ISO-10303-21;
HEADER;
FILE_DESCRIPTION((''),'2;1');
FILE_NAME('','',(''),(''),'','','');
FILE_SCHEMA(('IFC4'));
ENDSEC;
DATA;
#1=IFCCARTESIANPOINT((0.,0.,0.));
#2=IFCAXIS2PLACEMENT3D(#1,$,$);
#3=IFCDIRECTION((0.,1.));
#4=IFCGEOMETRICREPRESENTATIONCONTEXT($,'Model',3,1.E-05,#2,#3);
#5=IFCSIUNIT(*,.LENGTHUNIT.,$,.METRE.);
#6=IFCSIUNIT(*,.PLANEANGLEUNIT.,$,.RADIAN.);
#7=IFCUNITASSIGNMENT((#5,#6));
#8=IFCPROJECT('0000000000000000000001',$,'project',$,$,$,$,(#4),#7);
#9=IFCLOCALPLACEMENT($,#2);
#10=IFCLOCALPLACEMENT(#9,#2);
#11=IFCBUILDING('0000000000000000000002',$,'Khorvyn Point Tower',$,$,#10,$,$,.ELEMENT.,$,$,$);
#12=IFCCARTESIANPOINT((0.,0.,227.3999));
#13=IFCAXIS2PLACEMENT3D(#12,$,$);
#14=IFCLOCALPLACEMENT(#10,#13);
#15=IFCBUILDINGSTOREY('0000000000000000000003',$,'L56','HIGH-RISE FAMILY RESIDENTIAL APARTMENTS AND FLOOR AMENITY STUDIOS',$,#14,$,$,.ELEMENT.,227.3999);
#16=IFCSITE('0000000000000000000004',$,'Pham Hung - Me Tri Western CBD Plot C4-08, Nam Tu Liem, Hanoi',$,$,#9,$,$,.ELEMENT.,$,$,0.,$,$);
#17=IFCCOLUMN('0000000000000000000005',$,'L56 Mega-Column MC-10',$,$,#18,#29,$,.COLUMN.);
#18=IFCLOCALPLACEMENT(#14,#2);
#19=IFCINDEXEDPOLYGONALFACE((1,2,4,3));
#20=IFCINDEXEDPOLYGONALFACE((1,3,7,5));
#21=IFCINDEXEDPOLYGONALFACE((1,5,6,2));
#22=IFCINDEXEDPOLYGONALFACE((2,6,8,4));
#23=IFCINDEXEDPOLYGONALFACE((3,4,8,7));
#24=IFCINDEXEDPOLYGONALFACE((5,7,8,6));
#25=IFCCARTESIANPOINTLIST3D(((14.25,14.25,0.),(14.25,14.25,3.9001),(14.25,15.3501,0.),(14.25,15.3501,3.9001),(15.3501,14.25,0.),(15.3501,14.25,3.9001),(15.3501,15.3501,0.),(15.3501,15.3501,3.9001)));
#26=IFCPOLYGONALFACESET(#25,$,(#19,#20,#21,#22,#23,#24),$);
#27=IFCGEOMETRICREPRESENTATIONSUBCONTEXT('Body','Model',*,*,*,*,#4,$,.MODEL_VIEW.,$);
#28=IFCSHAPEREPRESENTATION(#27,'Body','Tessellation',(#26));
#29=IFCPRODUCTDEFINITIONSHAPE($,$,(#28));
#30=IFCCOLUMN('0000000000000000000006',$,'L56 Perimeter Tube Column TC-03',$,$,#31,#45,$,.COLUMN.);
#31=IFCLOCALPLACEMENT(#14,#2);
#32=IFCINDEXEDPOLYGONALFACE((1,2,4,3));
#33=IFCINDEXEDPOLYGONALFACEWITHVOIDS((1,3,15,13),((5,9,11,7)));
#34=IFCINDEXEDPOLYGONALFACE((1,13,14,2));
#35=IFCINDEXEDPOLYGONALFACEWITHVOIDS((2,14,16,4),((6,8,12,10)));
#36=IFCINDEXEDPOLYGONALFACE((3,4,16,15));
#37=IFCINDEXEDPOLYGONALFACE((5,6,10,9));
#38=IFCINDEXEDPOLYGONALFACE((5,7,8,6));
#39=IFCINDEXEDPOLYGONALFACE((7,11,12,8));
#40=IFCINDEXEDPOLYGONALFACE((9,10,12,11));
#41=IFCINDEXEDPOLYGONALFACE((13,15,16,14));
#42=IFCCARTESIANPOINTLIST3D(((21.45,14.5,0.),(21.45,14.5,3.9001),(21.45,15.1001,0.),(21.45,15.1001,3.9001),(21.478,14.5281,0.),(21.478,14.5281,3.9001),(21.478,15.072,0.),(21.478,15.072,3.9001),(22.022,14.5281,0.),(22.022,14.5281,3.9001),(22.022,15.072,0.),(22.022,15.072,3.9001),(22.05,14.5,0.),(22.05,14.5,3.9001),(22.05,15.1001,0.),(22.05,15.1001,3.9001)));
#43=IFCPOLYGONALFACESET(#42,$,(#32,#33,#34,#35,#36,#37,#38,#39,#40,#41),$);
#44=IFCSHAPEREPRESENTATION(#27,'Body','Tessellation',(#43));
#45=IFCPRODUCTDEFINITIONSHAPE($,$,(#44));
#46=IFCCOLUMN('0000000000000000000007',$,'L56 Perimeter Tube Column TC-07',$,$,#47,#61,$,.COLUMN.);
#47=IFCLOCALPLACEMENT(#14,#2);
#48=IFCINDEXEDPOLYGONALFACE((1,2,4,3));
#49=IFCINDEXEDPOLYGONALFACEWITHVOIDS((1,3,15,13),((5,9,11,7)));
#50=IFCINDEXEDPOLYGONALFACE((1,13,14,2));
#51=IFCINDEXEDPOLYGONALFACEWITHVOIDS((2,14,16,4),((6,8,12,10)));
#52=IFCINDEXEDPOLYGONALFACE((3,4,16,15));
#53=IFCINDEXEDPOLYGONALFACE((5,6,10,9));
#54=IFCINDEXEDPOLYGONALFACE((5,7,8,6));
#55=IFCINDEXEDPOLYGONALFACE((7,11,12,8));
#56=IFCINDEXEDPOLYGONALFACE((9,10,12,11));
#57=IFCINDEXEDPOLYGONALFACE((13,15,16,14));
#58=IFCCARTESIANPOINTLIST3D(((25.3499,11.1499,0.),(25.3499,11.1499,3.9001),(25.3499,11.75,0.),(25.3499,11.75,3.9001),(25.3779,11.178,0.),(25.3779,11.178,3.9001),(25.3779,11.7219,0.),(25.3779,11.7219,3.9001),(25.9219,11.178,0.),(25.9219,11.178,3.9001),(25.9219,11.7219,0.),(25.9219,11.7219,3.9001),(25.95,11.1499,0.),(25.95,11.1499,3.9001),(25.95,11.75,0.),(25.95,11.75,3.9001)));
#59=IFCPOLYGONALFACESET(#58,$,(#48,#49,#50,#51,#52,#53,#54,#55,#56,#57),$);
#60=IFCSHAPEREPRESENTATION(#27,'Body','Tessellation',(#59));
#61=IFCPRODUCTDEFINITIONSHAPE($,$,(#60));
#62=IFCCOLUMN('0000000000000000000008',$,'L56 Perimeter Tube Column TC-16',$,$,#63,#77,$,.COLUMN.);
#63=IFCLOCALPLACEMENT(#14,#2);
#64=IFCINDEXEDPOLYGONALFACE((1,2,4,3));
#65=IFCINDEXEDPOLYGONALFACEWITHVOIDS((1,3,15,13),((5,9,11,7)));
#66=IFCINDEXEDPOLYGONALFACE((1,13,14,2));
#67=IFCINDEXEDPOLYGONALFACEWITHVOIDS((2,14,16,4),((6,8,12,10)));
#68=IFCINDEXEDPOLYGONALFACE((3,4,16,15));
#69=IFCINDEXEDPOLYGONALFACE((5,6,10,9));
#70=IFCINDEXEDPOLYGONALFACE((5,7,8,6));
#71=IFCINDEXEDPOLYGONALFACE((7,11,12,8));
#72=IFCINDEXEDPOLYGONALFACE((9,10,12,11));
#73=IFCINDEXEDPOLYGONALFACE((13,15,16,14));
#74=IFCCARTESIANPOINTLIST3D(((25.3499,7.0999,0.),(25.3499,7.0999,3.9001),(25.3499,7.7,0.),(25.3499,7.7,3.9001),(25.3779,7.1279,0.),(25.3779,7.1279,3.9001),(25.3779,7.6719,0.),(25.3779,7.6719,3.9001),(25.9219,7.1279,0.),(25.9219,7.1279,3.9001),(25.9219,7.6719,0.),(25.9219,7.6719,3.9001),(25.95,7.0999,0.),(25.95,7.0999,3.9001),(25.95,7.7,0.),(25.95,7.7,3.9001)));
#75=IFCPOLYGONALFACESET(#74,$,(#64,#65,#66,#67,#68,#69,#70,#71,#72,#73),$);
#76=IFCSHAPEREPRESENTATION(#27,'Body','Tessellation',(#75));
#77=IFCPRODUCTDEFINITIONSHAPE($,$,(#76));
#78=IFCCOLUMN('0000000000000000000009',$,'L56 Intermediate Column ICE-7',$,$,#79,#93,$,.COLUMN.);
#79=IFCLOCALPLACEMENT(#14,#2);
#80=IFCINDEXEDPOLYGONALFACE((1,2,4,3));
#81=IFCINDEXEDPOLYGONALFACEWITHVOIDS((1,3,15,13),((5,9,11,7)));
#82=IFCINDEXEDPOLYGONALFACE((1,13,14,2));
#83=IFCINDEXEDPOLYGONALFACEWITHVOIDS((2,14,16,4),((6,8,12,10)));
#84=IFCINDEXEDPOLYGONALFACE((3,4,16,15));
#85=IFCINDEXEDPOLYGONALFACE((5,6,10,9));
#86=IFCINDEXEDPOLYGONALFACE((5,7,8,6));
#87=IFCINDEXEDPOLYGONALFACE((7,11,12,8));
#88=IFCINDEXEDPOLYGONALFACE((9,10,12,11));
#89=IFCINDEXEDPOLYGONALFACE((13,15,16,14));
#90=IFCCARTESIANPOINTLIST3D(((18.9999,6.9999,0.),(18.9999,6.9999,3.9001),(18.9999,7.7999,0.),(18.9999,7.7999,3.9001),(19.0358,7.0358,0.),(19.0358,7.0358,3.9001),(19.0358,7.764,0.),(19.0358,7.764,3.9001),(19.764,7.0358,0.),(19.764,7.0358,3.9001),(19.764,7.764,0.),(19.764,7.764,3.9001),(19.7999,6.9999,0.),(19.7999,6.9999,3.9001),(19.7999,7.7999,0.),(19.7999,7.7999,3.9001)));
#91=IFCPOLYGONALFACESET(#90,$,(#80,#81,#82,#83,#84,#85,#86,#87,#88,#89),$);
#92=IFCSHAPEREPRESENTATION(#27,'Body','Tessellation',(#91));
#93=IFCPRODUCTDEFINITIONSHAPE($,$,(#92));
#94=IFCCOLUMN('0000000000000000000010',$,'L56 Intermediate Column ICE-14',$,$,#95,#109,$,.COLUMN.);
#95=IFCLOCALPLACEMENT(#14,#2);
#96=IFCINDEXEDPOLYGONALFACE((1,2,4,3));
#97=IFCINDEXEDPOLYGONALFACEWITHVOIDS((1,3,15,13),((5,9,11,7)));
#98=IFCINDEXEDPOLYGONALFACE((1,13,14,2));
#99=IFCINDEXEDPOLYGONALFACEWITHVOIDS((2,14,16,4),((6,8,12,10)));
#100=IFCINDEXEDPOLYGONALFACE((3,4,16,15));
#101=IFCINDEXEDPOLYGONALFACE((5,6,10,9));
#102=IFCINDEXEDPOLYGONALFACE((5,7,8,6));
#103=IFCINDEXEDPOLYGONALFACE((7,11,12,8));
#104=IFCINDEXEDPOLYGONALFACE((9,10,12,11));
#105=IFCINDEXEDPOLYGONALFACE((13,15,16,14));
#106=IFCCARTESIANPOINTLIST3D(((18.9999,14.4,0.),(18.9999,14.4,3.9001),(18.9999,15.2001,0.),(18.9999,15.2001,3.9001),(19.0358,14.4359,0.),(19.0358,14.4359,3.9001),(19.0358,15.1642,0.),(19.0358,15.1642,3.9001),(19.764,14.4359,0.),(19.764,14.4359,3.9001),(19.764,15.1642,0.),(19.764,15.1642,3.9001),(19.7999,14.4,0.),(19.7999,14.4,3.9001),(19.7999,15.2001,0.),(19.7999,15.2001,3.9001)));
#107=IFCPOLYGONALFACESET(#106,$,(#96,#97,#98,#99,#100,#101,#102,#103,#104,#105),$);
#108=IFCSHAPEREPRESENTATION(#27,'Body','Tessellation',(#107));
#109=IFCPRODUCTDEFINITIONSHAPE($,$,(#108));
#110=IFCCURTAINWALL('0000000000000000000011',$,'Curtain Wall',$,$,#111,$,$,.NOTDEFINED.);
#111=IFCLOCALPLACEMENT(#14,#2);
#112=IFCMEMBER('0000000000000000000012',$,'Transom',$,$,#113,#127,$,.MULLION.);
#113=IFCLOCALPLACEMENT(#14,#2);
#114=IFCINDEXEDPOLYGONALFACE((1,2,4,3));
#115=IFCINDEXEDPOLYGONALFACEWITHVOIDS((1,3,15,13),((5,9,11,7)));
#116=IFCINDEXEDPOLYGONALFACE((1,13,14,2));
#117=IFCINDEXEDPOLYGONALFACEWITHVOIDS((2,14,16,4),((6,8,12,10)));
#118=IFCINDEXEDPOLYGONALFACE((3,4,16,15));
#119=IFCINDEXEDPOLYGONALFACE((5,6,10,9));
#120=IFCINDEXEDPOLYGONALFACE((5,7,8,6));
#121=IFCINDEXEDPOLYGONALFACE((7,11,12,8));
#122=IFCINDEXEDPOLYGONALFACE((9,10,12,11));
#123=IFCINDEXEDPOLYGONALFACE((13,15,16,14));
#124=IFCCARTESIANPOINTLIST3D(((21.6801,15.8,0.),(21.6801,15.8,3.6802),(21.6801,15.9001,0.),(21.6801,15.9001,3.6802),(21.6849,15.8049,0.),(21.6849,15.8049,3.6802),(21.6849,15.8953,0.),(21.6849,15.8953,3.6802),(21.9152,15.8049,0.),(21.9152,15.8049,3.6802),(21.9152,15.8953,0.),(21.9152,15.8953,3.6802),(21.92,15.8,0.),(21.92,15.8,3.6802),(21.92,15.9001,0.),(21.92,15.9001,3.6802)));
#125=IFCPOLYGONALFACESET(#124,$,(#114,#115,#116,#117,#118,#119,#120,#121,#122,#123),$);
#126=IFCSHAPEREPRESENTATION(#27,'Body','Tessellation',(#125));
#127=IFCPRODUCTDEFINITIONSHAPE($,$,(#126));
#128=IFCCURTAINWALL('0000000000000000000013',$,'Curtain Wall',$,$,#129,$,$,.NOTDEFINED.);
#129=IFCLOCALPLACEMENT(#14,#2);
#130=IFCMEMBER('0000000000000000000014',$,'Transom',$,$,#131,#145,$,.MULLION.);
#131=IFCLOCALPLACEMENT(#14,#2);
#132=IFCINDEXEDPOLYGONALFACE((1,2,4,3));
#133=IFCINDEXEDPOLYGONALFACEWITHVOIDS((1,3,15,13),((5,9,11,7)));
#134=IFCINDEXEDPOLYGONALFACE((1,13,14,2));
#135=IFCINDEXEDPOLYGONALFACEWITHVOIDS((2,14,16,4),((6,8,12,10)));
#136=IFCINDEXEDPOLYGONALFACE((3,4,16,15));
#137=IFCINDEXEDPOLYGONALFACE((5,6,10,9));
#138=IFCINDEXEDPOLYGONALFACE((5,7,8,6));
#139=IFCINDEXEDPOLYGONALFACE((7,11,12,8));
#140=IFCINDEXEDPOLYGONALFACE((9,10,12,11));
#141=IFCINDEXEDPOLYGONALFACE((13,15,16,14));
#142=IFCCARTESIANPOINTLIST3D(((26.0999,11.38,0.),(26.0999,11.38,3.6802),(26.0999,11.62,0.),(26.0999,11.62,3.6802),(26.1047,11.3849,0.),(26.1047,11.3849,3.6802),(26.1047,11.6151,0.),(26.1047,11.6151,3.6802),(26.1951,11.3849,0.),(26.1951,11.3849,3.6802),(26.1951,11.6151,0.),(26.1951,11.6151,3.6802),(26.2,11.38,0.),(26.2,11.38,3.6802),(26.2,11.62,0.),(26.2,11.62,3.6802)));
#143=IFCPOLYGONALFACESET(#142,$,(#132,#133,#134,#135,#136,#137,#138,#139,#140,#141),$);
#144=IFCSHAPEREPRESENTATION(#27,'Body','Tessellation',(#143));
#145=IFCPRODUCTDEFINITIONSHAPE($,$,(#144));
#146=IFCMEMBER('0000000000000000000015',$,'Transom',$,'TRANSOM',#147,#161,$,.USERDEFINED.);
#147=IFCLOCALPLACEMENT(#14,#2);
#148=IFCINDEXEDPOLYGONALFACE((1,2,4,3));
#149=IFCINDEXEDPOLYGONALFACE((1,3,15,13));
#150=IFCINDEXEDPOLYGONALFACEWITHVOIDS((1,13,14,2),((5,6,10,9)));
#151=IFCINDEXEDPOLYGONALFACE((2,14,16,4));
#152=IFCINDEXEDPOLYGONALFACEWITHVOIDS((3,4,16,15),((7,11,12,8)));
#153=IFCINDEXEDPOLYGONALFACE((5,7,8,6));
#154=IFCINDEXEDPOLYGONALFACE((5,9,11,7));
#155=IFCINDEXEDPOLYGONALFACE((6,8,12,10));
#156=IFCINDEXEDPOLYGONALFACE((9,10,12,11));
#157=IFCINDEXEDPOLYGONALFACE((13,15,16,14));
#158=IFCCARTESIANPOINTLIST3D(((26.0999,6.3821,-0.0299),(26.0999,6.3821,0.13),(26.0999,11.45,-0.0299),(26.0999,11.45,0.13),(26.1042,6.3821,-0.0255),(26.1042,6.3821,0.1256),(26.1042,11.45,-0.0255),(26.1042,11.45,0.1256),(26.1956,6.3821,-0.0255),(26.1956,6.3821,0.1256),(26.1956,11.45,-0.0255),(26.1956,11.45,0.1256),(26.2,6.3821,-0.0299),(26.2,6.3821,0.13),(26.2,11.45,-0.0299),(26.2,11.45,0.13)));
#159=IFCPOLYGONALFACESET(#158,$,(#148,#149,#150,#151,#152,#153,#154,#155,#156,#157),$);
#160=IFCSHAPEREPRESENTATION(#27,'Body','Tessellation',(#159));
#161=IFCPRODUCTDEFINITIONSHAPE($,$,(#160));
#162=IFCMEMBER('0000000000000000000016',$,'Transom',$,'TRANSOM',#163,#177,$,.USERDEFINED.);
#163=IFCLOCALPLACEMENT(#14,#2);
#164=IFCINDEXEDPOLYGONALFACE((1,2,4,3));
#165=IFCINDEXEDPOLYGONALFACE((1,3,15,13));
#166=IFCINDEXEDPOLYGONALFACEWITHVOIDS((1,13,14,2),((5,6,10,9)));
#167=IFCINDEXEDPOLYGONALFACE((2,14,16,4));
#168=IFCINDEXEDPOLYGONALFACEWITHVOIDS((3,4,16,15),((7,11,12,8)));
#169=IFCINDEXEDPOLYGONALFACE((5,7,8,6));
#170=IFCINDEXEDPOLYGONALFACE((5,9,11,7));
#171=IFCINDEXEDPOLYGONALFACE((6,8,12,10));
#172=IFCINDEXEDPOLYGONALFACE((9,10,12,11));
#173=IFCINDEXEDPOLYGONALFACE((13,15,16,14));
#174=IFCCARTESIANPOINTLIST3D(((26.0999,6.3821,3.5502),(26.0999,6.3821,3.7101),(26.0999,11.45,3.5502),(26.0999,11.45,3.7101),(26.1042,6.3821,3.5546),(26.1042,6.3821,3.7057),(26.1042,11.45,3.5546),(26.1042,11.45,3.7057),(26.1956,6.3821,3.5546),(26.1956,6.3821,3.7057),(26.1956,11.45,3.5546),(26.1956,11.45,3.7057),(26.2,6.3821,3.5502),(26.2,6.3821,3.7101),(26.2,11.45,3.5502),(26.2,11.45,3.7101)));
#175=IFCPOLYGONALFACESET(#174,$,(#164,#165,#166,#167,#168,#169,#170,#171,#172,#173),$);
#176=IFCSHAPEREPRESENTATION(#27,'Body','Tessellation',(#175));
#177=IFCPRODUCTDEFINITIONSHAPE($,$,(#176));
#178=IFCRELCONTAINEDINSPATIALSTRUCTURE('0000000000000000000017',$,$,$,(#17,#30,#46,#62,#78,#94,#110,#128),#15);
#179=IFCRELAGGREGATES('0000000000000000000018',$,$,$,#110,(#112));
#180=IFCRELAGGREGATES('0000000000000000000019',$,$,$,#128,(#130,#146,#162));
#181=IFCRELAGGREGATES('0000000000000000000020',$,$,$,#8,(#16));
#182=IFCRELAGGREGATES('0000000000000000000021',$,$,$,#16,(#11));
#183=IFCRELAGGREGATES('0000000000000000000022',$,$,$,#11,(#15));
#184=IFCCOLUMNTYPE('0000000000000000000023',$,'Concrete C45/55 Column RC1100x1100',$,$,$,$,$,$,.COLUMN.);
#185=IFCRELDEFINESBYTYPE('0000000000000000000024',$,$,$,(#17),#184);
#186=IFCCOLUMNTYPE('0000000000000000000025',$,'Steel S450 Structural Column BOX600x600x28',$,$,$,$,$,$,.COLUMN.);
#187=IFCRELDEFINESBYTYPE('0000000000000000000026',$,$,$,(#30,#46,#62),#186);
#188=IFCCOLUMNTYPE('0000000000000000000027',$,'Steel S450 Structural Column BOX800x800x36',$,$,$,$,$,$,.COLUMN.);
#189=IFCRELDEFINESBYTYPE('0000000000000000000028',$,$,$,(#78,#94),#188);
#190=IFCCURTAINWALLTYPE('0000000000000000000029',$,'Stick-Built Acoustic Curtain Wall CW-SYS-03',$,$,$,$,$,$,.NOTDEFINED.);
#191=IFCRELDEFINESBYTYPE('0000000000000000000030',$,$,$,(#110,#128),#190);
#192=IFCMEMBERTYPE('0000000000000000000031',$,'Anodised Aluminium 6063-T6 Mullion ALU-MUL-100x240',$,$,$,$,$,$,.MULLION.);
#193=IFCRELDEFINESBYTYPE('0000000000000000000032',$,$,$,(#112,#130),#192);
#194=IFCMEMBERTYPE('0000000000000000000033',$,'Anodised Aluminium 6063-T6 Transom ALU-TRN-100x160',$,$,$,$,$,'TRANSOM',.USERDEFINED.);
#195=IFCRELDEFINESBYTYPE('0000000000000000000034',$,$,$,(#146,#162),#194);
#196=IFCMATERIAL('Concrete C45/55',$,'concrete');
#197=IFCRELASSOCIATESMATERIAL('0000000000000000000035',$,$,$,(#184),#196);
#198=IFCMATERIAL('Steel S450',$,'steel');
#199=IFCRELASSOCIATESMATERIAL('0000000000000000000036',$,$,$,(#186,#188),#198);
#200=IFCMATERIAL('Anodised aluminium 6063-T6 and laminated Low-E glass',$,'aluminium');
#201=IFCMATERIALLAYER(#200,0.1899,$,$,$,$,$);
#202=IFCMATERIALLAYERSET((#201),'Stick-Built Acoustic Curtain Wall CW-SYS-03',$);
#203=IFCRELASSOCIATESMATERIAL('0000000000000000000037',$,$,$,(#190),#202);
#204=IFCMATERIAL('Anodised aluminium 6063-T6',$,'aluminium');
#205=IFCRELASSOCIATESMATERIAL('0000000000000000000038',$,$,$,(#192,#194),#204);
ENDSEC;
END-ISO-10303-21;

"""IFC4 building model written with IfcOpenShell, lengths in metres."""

from ifc_helpers import new_model, si_unit, direction, frame, origin, origin_2d, place, context, subcontext, project, spatial, rectangle, hollow_rectangle, extrude, material, layer, layer_set, material_profile, profile_set, type_object, element, aggregate, save


model = new_model("IFC4")

# Units and contexts
model_context = context("Model", 3, precision=1e-05, world=origin(), true_north=direction((0.0, 1.0)))
body_context = subcontext(model_context, "Body", "Model", "MODEL_VIEW")
ifc_project = project(units=[si_unit("LENGTHUNIT", "METRE"), si_unit("PLANEANGLEUNIT", "RADIAN")], contexts=[model_context])

# Site, building, storey
site_placement = place(None, origin())
site = spatial("IfcSite", under=ifc_project, at=site_placement, Name="Pham Hung - Me Tri Western CBD Plot C4-08, Nam Tu Liem, Hanoi", CompositionType="ELEMENT", RefElevation=0.0)
building_placement = place(site_placement, origin())
building = spatial("IfcBuilding", under=site, at=building_placement, Name="Khorvyn Point Tower", CompositionType="ELEMENT")
storey_placement = place(building_placement, frame((0.0, 0.0, 227.3999)))
storey = spatial("IfcBuildingStorey", under=building, at=storey_placement, Name="L56", Description="HIGH-RISE FAMILY RESIDENTIAL APARTMENTS AND FLOOR AMENITY STUDIOS", CompositionType="ELEMENT", Elevation=227.3999)

# Columns
ifc_material_1 = material(Name="Concrete C45/55", Category="concrete")
ifc_material_profile_1 = material_profile(ifc_material_1, rectangle(XDim=1.1001, YDim=1.1001, at=origin_2d()))
ifc_profile_set_1 = profile_set([ifc_material_profile_1], Name="Concrete C45/55 RC1100x1100")
column_type_1 = type_object("IfcColumnType", Name="Concrete C45/55 Column RC1100x1100", PredefinedType="COLUMN", material=ifc_profile_set_1)
column_placement = place(storey_placement, frame((14.8, 14.8, 0.0), z_axis=(0.0, 0.0, 1.0), x_axis=(1.0, 0.0, 0.0)))
element("IfcColumn", 1, at=column_placement, inside=storey, type_object=column_type_1, Name="L56 Mega-Column MC-10", PredefinedType="COLUMN", context=body_context, shape_type="SweptSolid", body=[
    extrude(rectangle(XDim=1.1001, YDim=1.1001, at=origin_2d()), origin(), (0.0, 0.0, 1.0), 3.9001),
])
ifc_material_2 = material(Name="Steel S450", Category="steel")
ifc_material_profile_2 = material_profile(ifc_material_2, hollow_rectangle(XDim=0.6001, YDim=0.6001, WallThickness=0.0281, at=origin_2d()))
ifc_profile_set_2 = profile_set([ifc_material_profile_2], Name="Steel S450 BOX600x600x28")
column_type_2 = type_object("IfcColumnType", Name="Steel S450 Structural Column BOX600x600x28", PredefinedType="COLUMN", material=ifc_profile_set_2)
for number, where, z_axis, x_axis, name in (
    (2, (21.75, 14.8, 0.0), (0.0, 0.0, 1.0), (1.0, 0.0, 0.0), "L56 Perimeter Tube Column TC-03"),
    (3, (25.6499, 11.45, 0.0), (0.0, 0.0, 1.0), (1.0, 0.0, 0.0), "L56 Perimeter Tube Column TC-07"),
    (4, (25.6499, 7.3999, 0.0), (0.0, 0.0, 1.0), (1.0, 0.0, 0.0), "L56 Perimeter Tube Column TC-16"),
):
    element("IfcColumn", number, at=place(storey_placement, frame(where, z_axis=z_axis, x_axis=x_axis)), inside=storey, type_object=column_type_2, Name=name, PredefinedType="COLUMN", context=body_context, shape_type="SweptSolid", body=[
        extrude(hollow_rectangle(XDim=0.6001, YDim=0.6001, WallThickness=0.0281, at=origin_2d()), origin(), (0.0, 0.0, 1.0), 3.9001),
    ])
ifc_material_profile_3 = material_profile(ifc_material_2, hollow_rectangle(XDim=0.8, YDim=0.8, WallThickness=0.0359, at=origin_2d()))
ifc_profile_set_3 = profile_set([ifc_material_profile_3], Name="Steel S450 BOX800x800x36")
column_type_3 = type_object("IfcColumnType", Name="Steel S450 Structural Column BOX800x800x36", PredefinedType="COLUMN", material=ifc_profile_set_3)
for number, where, z_axis, x_axis, name in (
    (5, (19.3999, 7.3999, 0.0), (0.0, 0.0, 1.0), (1.0, 0.0, 0.0), "L56 Intermediate Column ICE-7"),
    (6, (19.3999, 14.8, 0.0), (0.0, 0.0, 1.0), (1.0, 0.0, 0.0), "L56 Intermediate Column ICE-14"),
):
    element("IfcColumn", number, at=place(storey_placement, frame(where, z_axis=z_axis, x_axis=x_axis)), inside=storey, type_object=column_type_3, Name=name, PredefinedType="COLUMN", context=body_context, shape_type="SweptSolid", body=[
        extrude(hollow_rectangle(XDim=0.8, YDim=0.8, WallThickness=0.0359, at=origin_2d()), origin(), (0.0, 0.0, 1.0), 3.9001),
    ])

# Curtain wall, member
ifc_material_3 = material(Name="Anodised aluminium 6063-T6 and laminated Low-E glass", Category="aluminium")
ifc_layer_1 = layer(ifc_material_3, 0.1899)
ifc_layer_set_1 = layer_set([ifc_layer_1], Name="Stick-Built Acoustic Curtain Wall CW-SYS-03")
curtain_wall_type = type_object("IfcCurtainWallType", Name="Stick-Built Acoustic Curtain Wall CW-SYS-03", PredefinedType="NOTDEFINED", material=ifc_layer_set_1)
curtain_wall_1_placement = place(storey_placement, origin())
curtain_wall_1 = element("IfcCurtainWall", 7, at=curtain_wall_1_placement, inside=storey, type_object=curtain_wall_type, Name="Curtain Wall", PredefinedType="NOTDEFINED")
ifc_material_4 = material(Name="Anodised aluminium 6063-T6", Category="aluminium")
ifc_material_profile_4 = material_profile(ifc_material_4, hollow_rectangle(XDim=0.1001, YDim=0.24, WallThickness=0.0049, at=origin_2d()))
ifc_profile_set_4 = profile_set([ifc_material_profile_4], Name="Anodised aluminium 6063-T6 ALU-MUL-100x240")
member_type_1 = type_object("IfcMemberType", Name="Anodised Aluminium 6063-T6 Mullion ALU-MUL-100x240", PredefinedType="MULLION", material=ifc_profile_set_4)
member_1_placement = place(storey_placement, frame((21.8, 15.8501, 0.0), z_axis=(0.0, 0.0, 1.0), x_axis=(0.0, 1.0, 0.0)))
member_1 = element("IfcMember", 8, at=member_1_placement, type_object=member_type_1, Name="Transom", PredefinedType="MULLION", context=body_context, shape_type="SweptSolid", body=[
    extrude(hollow_rectangle(XDim=0.1001, YDim=0.24, WallThickness=0.0049, at=origin_2d()), origin(), (0.0, 0.0, 1.0), 3.6802),
])
aggregate(curtain_wall_1, [member_1])

# Curtain wall, members
curtain_wall_2_placement = place(storey_placement, origin())
curtain_wall_2 = element("IfcCurtainWall", 9, at=curtain_wall_2_placement, inside=storey, type_object=curtain_wall_type, Name="Curtain Wall", PredefinedType="NOTDEFINED")
member_2_placement = place(storey_placement, frame((26.1499, 11.5, 0.0), z_axis=(0.0, 0.0, 1.0), x_axis=(1.0, 0.0, 0.0)))
member_2 = element("IfcMember", 10, at=member_2_placement, type_object=member_type_1, Name="Transom", PredefinedType="MULLION", context=body_context, shape_type="SweptSolid", body=[
    extrude(hollow_rectangle(XDim=0.1001, YDim=0.24, WallThickness=0.0049, at=origin_2d()), origin(), (0.0, 0.0, 1.0), 3.6802),
])
ifc_material_profile_5 = material_profile(ifc_material_4, hollow_rectangle(XDim=0.1001, YDim=0.1599, WallThickness=0.0044, at=origin_2d()))
ifc_profile_set_5 = profile_set([ifc_material_profile_5], Name="Anodised aluminium 6063-T6 ALU-TRN-100x160")
member_type_2 = type_object("IfcMemberType", Name="Anodised Aluminium 6063-T6 Transom ALU-TRN-100x160", ElementType="TRANSOM", PredefinedType="USERDEFINED", material=ifc_profile_set_5)
member_3_placement = place(storey_placement, frame((26.1499, 11.45, 0.05), z_axis=(0.0, -1.0, 0.0), x_axis=(1.0, 0.0, 0.0)))
member_3 = element("IfcMember", 11, at=member_3_placement, type_object=member_type_2, Name="Transom", ObjectType="TRANSOM", PredefinedType="USERDEFINED", context=body_context, shape_type="SweptSolid", body=[
    extrude(hollow_rectangle(XDim=0.1001, YDim=0.1599, WallThickness=0.0044, at=origin_2d()), origin(), (0.0, 0.0, 1.0), 5.0679),
])
member_4_placement = place(storey_placement, frame((26.1499, 11.45, 3.6301), z_axis=(0.0, -1.0, 0.0), x_axis=(1.0, 0.0, 0.0)))
member_4 = element("IfcMember", 12, at=member_4_placement, type_object=member_type_2, Name="Transom", ObjectType="TRANSOM", PredefinedType="USERDEFINED", context=body_context, shape_type="SweptSolid", body=[
    extrude(hollow_rectangle(XDim=0.1001, YDim=0.1599, WallThickness=0.0044, at=origin_2d()), origin(), (0.0, 0.0, 1.0), 5.0679),
])

aggregate(curtain_wall_2, [member_2, member_3, member_4])

save(model, "model.ifc")
